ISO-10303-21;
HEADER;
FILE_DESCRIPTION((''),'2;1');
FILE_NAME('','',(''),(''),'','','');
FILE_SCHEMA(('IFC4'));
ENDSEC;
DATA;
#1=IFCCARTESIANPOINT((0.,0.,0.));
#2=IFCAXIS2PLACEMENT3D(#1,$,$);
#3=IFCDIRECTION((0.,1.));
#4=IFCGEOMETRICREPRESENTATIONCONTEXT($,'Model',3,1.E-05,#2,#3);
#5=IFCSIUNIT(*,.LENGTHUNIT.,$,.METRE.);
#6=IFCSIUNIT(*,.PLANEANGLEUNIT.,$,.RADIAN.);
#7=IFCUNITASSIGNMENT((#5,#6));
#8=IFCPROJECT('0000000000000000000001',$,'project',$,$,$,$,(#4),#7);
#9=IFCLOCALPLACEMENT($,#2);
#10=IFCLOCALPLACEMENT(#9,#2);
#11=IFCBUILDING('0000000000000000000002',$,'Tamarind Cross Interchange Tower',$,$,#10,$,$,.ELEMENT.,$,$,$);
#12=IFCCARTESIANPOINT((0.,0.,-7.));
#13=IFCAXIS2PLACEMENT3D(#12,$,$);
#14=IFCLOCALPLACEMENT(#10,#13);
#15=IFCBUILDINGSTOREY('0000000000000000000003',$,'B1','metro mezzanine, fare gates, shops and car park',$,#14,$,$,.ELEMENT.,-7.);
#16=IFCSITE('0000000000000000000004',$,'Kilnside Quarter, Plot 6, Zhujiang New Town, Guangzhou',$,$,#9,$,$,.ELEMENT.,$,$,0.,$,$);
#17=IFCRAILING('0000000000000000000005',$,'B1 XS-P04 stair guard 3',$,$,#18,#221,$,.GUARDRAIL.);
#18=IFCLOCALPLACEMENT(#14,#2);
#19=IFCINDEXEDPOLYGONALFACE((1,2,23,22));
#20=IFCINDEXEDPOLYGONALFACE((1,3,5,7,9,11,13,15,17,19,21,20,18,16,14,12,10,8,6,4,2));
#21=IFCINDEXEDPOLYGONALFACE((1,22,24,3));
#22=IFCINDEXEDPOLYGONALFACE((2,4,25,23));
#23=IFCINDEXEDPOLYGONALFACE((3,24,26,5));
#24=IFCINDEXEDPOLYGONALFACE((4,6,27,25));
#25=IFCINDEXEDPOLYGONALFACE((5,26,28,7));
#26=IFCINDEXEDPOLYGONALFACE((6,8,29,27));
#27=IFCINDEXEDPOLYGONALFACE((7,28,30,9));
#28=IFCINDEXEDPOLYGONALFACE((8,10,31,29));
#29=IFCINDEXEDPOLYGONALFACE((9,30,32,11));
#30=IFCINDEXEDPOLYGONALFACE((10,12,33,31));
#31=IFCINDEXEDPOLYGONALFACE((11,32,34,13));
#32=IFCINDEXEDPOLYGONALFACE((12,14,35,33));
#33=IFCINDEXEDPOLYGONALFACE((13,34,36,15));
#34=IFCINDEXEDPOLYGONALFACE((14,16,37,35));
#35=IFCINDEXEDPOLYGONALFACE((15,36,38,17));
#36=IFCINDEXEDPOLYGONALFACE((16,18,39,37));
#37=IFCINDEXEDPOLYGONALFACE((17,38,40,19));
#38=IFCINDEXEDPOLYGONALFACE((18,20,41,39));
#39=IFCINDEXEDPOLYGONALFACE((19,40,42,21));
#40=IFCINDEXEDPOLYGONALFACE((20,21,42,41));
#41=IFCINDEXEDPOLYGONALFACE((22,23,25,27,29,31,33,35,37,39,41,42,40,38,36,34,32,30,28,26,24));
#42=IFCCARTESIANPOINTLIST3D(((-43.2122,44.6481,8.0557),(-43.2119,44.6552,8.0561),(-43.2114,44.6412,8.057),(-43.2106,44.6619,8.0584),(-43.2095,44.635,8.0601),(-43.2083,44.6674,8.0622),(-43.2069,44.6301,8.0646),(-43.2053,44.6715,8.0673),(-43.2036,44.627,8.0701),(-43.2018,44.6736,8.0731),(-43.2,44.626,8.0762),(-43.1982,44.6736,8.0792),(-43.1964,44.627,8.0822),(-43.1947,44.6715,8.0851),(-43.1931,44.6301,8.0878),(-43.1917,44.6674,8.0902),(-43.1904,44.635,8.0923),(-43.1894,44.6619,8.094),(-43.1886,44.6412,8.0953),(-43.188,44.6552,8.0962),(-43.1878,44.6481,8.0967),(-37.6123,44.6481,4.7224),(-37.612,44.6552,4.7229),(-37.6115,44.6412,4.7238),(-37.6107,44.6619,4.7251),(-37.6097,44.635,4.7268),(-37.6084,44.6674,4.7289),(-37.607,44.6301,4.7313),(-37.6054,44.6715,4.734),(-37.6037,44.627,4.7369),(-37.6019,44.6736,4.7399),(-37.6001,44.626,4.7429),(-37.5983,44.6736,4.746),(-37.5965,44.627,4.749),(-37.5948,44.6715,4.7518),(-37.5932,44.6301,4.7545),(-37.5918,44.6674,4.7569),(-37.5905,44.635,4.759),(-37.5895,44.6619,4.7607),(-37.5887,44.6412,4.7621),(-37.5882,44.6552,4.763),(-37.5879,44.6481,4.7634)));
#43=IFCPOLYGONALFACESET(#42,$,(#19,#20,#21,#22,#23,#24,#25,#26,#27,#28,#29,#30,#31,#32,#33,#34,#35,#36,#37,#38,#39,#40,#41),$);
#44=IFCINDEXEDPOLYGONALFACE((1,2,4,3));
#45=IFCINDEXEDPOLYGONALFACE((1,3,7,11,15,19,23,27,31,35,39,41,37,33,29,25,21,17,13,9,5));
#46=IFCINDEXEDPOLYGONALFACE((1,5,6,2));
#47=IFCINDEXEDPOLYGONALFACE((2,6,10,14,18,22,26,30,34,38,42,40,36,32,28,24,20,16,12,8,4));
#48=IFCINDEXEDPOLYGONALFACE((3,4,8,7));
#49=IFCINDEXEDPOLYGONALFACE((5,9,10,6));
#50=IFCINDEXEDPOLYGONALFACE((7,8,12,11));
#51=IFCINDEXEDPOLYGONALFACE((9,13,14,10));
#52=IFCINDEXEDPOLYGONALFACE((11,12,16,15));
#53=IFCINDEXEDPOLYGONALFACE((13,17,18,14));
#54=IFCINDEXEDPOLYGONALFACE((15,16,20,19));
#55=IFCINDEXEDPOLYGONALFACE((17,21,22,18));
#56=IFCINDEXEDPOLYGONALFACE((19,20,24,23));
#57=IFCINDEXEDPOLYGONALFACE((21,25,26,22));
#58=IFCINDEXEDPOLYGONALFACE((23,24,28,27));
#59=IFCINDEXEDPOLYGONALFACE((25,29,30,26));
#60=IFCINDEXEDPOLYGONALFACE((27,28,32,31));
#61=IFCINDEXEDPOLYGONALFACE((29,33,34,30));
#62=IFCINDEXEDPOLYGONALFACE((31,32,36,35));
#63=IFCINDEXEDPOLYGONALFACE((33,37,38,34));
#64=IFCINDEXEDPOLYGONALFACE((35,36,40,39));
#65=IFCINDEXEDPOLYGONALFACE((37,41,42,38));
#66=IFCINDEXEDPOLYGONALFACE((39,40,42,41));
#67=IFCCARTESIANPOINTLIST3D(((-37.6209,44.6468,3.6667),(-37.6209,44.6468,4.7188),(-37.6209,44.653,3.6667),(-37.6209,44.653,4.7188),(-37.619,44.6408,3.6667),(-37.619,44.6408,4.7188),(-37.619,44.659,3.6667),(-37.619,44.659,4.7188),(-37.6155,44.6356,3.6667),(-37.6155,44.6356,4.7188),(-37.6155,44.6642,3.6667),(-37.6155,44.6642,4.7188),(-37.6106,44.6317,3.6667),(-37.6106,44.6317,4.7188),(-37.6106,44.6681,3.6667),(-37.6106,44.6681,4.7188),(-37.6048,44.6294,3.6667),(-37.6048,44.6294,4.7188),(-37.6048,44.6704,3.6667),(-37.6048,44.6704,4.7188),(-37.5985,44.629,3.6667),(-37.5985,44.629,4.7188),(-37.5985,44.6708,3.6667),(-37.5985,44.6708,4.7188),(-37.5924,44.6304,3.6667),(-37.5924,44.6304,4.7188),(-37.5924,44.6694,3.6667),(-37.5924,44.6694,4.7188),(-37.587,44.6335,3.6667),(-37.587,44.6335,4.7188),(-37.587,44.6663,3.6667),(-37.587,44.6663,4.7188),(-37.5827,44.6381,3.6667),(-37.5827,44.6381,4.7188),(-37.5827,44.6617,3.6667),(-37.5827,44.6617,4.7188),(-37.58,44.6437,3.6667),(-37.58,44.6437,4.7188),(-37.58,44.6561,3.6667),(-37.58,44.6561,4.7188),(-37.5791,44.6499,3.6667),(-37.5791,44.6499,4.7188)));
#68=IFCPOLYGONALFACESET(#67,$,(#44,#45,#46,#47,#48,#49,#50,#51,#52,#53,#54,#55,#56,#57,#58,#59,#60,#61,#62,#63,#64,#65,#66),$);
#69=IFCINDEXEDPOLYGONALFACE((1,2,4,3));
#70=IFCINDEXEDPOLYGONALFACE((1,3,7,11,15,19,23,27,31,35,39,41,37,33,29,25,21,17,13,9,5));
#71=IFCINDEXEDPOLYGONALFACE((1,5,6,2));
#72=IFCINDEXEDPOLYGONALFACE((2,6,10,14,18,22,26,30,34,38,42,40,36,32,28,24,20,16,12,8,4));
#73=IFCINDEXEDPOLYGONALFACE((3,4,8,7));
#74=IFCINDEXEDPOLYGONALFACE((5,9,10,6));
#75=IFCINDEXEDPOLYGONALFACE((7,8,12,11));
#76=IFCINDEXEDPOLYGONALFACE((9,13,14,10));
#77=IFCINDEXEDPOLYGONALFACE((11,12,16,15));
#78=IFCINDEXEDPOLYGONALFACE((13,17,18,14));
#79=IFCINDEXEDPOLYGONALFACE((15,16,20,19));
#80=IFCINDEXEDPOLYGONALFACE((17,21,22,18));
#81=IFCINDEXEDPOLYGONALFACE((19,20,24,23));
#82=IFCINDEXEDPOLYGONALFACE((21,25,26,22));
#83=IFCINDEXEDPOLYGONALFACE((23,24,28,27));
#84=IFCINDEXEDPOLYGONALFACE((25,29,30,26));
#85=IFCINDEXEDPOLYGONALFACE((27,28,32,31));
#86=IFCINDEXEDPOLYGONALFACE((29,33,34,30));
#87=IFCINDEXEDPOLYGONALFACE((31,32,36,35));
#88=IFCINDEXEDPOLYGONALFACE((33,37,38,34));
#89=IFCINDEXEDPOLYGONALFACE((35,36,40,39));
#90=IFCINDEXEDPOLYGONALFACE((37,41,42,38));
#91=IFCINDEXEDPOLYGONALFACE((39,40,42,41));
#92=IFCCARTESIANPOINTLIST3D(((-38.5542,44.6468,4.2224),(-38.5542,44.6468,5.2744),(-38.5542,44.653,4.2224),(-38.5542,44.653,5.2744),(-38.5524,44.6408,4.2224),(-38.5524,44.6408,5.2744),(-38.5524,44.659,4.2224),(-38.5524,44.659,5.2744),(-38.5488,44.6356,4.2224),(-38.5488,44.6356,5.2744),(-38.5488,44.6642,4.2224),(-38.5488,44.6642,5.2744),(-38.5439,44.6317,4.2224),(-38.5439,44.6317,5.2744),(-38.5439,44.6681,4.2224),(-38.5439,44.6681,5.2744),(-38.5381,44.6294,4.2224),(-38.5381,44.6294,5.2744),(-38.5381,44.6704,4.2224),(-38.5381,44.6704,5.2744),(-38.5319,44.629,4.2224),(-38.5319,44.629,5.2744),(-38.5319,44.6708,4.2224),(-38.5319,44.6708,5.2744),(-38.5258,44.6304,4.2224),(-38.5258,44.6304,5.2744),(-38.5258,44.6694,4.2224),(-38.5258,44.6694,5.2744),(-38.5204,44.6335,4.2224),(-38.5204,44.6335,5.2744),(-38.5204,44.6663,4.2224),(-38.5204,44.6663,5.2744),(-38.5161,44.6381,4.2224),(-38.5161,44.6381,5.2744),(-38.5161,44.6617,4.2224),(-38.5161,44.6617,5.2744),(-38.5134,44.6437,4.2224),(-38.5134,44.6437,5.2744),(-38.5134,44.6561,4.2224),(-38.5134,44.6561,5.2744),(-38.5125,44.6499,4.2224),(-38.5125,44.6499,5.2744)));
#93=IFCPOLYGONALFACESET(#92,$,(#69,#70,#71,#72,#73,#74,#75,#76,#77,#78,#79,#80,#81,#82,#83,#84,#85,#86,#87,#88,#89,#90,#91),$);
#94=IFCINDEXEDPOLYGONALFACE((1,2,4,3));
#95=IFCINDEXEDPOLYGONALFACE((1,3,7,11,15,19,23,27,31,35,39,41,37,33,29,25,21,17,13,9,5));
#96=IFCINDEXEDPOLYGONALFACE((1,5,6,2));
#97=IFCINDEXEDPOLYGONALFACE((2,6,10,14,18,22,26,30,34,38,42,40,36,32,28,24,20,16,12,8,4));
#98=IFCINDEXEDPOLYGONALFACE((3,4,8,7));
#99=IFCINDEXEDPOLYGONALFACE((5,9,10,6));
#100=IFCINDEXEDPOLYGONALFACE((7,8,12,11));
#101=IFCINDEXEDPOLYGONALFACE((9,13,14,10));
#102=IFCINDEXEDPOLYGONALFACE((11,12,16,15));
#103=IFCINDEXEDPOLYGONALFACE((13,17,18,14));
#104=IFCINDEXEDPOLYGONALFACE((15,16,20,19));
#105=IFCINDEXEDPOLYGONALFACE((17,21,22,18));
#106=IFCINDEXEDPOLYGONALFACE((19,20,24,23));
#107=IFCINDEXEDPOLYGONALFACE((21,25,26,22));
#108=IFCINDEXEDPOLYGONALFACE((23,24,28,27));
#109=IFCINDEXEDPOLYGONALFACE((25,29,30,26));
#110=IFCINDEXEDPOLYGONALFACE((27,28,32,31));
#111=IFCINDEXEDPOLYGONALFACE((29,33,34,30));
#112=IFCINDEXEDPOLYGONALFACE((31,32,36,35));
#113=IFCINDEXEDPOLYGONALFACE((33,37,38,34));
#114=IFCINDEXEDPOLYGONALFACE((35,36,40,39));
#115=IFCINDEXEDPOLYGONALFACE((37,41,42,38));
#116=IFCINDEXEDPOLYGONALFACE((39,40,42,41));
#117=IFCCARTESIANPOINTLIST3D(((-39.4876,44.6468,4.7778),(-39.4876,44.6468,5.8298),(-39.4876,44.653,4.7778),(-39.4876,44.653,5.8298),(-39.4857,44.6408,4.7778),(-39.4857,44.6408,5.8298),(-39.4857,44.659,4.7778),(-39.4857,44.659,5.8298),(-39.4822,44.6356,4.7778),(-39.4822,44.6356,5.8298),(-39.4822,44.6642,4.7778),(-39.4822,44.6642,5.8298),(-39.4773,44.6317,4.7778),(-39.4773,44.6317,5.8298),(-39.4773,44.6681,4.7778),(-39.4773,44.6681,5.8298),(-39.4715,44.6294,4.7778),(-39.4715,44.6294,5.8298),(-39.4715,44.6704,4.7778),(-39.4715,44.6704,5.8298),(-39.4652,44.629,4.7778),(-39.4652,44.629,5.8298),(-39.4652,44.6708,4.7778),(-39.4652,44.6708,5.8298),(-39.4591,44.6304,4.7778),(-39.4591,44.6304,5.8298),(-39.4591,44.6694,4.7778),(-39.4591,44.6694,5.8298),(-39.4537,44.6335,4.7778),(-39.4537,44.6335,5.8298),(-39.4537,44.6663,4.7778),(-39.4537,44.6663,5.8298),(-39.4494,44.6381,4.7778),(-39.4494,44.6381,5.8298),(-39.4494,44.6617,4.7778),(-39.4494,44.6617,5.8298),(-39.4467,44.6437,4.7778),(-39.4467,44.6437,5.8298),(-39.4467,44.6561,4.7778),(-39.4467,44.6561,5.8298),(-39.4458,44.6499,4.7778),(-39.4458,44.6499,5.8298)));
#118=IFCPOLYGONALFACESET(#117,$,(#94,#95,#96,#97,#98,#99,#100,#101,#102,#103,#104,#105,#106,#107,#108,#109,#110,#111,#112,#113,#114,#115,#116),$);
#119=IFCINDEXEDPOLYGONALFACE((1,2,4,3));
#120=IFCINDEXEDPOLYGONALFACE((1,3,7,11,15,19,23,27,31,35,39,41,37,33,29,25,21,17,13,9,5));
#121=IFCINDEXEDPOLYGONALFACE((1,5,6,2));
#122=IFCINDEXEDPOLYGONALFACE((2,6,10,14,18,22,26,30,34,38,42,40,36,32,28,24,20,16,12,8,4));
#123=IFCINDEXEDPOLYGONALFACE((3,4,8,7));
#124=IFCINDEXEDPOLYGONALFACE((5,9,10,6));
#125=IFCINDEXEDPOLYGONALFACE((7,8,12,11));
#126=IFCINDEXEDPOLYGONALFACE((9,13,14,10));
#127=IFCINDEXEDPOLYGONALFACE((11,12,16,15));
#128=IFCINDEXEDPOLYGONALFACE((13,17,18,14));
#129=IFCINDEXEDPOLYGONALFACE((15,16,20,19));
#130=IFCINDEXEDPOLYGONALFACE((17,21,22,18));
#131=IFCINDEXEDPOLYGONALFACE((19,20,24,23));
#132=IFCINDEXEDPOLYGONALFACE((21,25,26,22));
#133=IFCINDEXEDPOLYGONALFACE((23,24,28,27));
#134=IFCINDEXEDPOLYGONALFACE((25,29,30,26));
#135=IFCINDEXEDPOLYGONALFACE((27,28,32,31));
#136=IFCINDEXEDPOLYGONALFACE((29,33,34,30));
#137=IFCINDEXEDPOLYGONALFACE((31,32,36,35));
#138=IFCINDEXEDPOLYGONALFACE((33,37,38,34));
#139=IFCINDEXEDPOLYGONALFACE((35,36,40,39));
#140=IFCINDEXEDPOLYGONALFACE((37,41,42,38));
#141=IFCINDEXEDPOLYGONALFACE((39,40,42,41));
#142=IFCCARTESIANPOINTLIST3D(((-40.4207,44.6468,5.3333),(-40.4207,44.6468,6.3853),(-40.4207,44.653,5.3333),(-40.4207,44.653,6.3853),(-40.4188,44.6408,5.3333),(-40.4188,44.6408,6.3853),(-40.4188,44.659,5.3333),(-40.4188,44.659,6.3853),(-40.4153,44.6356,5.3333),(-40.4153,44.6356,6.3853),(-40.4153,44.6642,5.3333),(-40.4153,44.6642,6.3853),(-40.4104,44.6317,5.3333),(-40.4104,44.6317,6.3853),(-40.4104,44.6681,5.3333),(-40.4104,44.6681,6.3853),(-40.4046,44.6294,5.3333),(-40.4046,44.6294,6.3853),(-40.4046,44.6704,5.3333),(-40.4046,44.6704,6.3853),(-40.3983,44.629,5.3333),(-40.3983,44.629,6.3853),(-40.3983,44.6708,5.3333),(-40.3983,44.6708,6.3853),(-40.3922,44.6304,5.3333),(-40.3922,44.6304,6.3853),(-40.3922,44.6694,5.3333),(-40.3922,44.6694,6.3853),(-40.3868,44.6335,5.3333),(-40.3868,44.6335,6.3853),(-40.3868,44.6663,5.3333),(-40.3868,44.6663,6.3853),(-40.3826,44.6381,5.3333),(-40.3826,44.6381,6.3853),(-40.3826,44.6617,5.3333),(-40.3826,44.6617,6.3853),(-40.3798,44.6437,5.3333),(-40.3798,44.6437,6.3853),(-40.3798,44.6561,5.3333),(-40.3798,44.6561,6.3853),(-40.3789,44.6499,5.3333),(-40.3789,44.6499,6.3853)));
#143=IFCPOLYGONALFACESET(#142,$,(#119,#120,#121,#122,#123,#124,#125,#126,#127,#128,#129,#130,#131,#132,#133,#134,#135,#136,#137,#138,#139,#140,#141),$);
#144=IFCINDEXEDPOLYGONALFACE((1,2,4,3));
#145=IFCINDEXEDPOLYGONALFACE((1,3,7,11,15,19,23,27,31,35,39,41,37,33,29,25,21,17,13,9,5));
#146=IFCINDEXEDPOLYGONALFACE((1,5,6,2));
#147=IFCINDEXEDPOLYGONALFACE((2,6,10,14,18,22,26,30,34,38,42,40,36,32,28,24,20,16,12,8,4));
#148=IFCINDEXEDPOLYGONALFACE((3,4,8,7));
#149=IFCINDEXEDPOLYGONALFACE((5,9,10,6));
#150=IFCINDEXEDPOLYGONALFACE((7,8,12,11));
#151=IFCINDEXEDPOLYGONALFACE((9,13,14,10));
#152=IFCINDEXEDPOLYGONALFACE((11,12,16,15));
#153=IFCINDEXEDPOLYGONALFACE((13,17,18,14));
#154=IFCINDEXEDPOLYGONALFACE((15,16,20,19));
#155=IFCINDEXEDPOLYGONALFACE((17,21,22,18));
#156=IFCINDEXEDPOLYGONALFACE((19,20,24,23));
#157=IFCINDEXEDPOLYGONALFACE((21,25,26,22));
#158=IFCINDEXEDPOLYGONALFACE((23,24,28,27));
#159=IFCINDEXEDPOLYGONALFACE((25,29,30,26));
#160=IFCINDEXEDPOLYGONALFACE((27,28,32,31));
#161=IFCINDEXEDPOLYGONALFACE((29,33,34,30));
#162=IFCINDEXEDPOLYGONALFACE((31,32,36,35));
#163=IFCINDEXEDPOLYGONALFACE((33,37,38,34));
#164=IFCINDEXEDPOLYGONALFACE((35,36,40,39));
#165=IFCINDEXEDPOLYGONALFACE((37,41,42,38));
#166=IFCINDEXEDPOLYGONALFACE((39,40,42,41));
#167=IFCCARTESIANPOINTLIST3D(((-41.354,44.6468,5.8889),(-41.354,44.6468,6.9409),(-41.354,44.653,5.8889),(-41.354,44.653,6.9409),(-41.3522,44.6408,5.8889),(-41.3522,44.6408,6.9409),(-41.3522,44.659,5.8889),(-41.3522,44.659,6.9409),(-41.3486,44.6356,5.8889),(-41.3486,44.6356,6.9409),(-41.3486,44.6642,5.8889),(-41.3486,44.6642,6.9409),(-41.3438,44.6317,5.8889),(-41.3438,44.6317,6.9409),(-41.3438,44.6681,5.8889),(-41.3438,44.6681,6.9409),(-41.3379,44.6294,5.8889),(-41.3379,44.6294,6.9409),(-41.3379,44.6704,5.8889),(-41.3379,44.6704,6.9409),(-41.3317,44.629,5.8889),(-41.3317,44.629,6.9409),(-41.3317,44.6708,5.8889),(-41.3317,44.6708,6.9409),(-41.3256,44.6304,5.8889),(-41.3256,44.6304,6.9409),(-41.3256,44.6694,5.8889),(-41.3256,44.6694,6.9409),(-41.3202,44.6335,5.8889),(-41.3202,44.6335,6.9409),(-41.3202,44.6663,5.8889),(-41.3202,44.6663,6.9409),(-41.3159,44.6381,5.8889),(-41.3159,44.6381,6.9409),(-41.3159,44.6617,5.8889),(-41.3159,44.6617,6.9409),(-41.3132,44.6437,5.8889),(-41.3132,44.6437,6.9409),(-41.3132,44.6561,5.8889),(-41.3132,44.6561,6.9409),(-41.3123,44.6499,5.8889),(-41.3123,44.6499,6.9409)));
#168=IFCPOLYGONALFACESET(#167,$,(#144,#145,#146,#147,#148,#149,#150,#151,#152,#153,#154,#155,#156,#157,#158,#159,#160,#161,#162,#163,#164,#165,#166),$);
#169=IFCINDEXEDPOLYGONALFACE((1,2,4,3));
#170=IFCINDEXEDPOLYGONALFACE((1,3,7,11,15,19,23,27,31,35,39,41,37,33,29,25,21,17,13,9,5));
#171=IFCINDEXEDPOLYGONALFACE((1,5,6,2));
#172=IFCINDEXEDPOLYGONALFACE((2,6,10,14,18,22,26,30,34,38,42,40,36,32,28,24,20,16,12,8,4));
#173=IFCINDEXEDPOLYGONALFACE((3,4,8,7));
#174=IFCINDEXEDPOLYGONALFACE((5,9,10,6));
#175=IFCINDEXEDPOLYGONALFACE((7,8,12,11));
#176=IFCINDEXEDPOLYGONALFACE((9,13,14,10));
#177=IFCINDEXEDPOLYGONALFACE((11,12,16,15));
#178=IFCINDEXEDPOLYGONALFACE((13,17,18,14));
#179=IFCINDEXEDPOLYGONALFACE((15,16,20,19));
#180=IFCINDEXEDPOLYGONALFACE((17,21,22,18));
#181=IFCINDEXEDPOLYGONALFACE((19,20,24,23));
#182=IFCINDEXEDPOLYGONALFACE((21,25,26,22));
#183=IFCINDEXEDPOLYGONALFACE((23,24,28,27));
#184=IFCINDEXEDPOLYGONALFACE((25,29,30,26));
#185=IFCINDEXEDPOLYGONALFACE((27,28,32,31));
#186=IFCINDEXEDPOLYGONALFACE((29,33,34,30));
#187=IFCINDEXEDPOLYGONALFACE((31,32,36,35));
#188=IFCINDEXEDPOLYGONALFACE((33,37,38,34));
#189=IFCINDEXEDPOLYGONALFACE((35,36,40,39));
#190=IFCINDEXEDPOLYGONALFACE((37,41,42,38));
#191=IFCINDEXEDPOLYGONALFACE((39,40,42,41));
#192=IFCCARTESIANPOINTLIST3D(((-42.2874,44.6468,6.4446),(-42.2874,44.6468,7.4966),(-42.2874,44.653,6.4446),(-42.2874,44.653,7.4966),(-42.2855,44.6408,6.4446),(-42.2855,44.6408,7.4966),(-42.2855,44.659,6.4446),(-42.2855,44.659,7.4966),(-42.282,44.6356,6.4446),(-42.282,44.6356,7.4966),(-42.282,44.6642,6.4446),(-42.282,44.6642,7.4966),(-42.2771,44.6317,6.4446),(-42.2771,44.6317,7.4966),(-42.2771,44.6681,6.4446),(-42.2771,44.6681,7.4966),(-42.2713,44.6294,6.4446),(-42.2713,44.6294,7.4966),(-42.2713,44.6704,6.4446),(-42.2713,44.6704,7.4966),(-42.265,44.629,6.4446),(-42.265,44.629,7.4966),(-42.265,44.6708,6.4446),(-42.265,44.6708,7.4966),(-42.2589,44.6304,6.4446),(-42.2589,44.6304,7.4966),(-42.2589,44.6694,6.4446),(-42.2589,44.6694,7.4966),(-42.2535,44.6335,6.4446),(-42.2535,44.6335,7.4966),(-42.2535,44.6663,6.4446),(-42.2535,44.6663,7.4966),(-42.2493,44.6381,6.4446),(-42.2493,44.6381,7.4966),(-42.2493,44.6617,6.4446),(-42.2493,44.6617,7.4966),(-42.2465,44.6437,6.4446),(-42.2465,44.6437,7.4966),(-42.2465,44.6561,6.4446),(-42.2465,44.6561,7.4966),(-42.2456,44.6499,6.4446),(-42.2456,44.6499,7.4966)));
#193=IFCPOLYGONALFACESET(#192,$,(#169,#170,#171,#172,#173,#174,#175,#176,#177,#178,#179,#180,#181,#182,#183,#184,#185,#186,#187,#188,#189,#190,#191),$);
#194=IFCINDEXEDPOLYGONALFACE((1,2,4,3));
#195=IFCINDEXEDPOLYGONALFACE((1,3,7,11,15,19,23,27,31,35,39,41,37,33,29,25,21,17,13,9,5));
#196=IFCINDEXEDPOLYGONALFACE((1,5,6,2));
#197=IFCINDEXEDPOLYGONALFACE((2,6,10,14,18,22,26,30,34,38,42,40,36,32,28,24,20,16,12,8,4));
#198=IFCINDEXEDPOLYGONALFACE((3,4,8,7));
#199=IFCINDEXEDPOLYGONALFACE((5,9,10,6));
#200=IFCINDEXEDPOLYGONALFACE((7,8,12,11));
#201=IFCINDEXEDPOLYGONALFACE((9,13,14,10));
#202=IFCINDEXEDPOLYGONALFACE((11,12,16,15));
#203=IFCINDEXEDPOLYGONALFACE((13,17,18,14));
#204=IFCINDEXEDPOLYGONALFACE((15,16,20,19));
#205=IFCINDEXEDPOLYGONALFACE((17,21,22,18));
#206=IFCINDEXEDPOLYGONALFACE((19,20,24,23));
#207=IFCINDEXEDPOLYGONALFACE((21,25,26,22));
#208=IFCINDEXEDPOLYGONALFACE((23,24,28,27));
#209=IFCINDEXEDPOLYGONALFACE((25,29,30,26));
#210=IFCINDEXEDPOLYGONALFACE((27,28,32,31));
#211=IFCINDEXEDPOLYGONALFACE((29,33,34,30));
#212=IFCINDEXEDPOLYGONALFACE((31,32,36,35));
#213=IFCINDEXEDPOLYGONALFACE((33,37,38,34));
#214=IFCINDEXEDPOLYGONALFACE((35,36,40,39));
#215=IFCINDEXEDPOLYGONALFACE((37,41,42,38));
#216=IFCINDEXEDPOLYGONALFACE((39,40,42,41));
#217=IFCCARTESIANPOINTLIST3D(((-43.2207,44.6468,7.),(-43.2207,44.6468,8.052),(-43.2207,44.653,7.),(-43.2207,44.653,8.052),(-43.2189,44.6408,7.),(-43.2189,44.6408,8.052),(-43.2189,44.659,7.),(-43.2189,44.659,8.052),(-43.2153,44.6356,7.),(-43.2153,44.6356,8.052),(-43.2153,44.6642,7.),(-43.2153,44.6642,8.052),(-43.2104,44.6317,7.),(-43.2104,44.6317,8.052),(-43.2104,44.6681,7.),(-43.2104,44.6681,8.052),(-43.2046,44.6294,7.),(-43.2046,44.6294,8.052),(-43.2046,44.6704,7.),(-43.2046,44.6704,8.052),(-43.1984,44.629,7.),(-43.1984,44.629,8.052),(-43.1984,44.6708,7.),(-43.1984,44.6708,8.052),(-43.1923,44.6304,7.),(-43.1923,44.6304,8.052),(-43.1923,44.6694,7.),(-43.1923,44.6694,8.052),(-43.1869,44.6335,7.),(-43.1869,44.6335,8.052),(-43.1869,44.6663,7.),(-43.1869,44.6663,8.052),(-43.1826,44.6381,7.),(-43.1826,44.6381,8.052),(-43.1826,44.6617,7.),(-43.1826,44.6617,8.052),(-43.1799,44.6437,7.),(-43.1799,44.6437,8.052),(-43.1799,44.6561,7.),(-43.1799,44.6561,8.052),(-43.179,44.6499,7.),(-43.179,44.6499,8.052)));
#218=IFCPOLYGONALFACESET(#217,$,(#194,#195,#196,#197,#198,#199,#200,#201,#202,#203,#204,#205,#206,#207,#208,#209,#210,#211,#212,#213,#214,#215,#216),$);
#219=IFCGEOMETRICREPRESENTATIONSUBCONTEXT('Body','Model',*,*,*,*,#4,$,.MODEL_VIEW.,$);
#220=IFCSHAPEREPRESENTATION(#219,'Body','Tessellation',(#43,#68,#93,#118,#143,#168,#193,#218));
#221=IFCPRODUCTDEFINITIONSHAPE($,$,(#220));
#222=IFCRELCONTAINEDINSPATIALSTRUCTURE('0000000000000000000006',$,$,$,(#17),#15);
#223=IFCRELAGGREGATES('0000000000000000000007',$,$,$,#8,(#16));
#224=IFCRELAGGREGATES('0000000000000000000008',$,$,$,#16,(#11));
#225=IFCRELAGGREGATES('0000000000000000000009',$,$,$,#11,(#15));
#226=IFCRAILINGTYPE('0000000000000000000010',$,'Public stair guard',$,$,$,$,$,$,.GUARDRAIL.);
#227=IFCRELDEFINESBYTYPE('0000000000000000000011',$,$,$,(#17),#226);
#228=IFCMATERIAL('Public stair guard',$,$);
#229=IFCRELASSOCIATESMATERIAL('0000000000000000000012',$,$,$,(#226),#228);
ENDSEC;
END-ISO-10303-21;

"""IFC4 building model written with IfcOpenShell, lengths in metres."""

from ifc_helpers import new_model, si_unit, direction, frame, origin, origin_2d, place, context, subcontext, project, spatial, circle, extrude, material, type_object, element, save


model = new_model("IFC4")

# Units and contexts
model_context = context("Model", 3, precision=1e-05, world=origin(), true_north=direction((0.0, 1.0)))
body_context = subcontext(model_context, "Body", "Model", "MODEL_VIEW")
ifc_project = project(units=[si_unit("LENGTHUNIT", "METRE"), si_unit("PLANEANGLEUNIT", "RADIAN")], contexts=[model_context])

# Site, building, storey
site_placement = place(None, origin())
site = spatial("IfcSite", under=ifc_project, at=site_placement, Name="Kilnside Quarter, Plot 6, Zhujiang New Town, Guangzhou", CompositionType="ELEMENT", RefElevation=0.0)
building_placement = place(site_placement, origin())
building = spatial("IfcBuilding", under=site, at=building_placement, Name="Tamarind Cross Interchange Tower", CompositionType="ELEMENT")
storey_placement = place(building_placement, frame((0.0, 0.0, -7.0)))
storey = spatial("IfcBuildingStorey", under=building, at=storey_placement, Name="B1", Description="metro mezzanine, fare gates, shops and car park", CompositionType="ELEMENT", Elevation=-7.0)

# Railing
ifc_material_1 = material(Name="Public stair guard")
railing_type_1 = type_object("IfcRailingType", Name="Public stair guard", PredefinedType="GUARDRAIL", material=ifc_material_1)
railing_1_placement = place(storey_placement, frame((-37.6001, 44.6499, 3.6667)))
element("IfcRailing", 1, at=railing_1_placement, inside=storey, type_object=railing_type_1, Name="B1 XS-P04 stair guard 3", PredefinedType="GUARDRAIL", context=body_context, shape_type="SweptSolid", body=[
    extrude(circle(Radius=0.0239, at=origin_2d()), frame((0.0, 0.0, 1.0762), z_axis=(-0.859292, 0.0, 0.511485), x_axis=(0.0, -1.0, 0.0)), (0.0, 0.0, 1.0), 6.5168),
    extrude(circle(Radius=0.021, at=origin_2d()), origin(), (0.0, 0.0, 1.0), 1.052),
    extrude(circle(Radius=0.021, at=origin_2d()), frame((-0.9333, 0.0, 0.5557)), (0.0, 0.0, 1.0), 1.052),
    extrude(circle(Radius=0.021, at=origin_2d()), frame((-1.8667, 0.0, 1.1111)), (0.0, 0.0, 1.0), 1.052),
    extrude(circle(Radius=0.021, at=origin_2d()), frame((-2.7998, 0.0, 1.6665)), (0.0, 0.0, 1.0), 1.052),
    extrude(circle(Radius=0.021, at=origin_2d()), frame((-3.7332, 0.0, 2.2222)), (0.0, 0.0, 1.0), 1.052),
    extrude(circle(Radius=0.021, at=origin_2d()), frame((-4.6665, 0.0, 2.7778)), (0.0, 0.0, 1.0), 1.052),
    extrude(circle(Radius=0.021, at=origin_2d()), frame((-5.5999, 0.0, 3.3333)), (0.0, 0.0, 1.0), 1.052),
])

save(model, "model.ifc")
